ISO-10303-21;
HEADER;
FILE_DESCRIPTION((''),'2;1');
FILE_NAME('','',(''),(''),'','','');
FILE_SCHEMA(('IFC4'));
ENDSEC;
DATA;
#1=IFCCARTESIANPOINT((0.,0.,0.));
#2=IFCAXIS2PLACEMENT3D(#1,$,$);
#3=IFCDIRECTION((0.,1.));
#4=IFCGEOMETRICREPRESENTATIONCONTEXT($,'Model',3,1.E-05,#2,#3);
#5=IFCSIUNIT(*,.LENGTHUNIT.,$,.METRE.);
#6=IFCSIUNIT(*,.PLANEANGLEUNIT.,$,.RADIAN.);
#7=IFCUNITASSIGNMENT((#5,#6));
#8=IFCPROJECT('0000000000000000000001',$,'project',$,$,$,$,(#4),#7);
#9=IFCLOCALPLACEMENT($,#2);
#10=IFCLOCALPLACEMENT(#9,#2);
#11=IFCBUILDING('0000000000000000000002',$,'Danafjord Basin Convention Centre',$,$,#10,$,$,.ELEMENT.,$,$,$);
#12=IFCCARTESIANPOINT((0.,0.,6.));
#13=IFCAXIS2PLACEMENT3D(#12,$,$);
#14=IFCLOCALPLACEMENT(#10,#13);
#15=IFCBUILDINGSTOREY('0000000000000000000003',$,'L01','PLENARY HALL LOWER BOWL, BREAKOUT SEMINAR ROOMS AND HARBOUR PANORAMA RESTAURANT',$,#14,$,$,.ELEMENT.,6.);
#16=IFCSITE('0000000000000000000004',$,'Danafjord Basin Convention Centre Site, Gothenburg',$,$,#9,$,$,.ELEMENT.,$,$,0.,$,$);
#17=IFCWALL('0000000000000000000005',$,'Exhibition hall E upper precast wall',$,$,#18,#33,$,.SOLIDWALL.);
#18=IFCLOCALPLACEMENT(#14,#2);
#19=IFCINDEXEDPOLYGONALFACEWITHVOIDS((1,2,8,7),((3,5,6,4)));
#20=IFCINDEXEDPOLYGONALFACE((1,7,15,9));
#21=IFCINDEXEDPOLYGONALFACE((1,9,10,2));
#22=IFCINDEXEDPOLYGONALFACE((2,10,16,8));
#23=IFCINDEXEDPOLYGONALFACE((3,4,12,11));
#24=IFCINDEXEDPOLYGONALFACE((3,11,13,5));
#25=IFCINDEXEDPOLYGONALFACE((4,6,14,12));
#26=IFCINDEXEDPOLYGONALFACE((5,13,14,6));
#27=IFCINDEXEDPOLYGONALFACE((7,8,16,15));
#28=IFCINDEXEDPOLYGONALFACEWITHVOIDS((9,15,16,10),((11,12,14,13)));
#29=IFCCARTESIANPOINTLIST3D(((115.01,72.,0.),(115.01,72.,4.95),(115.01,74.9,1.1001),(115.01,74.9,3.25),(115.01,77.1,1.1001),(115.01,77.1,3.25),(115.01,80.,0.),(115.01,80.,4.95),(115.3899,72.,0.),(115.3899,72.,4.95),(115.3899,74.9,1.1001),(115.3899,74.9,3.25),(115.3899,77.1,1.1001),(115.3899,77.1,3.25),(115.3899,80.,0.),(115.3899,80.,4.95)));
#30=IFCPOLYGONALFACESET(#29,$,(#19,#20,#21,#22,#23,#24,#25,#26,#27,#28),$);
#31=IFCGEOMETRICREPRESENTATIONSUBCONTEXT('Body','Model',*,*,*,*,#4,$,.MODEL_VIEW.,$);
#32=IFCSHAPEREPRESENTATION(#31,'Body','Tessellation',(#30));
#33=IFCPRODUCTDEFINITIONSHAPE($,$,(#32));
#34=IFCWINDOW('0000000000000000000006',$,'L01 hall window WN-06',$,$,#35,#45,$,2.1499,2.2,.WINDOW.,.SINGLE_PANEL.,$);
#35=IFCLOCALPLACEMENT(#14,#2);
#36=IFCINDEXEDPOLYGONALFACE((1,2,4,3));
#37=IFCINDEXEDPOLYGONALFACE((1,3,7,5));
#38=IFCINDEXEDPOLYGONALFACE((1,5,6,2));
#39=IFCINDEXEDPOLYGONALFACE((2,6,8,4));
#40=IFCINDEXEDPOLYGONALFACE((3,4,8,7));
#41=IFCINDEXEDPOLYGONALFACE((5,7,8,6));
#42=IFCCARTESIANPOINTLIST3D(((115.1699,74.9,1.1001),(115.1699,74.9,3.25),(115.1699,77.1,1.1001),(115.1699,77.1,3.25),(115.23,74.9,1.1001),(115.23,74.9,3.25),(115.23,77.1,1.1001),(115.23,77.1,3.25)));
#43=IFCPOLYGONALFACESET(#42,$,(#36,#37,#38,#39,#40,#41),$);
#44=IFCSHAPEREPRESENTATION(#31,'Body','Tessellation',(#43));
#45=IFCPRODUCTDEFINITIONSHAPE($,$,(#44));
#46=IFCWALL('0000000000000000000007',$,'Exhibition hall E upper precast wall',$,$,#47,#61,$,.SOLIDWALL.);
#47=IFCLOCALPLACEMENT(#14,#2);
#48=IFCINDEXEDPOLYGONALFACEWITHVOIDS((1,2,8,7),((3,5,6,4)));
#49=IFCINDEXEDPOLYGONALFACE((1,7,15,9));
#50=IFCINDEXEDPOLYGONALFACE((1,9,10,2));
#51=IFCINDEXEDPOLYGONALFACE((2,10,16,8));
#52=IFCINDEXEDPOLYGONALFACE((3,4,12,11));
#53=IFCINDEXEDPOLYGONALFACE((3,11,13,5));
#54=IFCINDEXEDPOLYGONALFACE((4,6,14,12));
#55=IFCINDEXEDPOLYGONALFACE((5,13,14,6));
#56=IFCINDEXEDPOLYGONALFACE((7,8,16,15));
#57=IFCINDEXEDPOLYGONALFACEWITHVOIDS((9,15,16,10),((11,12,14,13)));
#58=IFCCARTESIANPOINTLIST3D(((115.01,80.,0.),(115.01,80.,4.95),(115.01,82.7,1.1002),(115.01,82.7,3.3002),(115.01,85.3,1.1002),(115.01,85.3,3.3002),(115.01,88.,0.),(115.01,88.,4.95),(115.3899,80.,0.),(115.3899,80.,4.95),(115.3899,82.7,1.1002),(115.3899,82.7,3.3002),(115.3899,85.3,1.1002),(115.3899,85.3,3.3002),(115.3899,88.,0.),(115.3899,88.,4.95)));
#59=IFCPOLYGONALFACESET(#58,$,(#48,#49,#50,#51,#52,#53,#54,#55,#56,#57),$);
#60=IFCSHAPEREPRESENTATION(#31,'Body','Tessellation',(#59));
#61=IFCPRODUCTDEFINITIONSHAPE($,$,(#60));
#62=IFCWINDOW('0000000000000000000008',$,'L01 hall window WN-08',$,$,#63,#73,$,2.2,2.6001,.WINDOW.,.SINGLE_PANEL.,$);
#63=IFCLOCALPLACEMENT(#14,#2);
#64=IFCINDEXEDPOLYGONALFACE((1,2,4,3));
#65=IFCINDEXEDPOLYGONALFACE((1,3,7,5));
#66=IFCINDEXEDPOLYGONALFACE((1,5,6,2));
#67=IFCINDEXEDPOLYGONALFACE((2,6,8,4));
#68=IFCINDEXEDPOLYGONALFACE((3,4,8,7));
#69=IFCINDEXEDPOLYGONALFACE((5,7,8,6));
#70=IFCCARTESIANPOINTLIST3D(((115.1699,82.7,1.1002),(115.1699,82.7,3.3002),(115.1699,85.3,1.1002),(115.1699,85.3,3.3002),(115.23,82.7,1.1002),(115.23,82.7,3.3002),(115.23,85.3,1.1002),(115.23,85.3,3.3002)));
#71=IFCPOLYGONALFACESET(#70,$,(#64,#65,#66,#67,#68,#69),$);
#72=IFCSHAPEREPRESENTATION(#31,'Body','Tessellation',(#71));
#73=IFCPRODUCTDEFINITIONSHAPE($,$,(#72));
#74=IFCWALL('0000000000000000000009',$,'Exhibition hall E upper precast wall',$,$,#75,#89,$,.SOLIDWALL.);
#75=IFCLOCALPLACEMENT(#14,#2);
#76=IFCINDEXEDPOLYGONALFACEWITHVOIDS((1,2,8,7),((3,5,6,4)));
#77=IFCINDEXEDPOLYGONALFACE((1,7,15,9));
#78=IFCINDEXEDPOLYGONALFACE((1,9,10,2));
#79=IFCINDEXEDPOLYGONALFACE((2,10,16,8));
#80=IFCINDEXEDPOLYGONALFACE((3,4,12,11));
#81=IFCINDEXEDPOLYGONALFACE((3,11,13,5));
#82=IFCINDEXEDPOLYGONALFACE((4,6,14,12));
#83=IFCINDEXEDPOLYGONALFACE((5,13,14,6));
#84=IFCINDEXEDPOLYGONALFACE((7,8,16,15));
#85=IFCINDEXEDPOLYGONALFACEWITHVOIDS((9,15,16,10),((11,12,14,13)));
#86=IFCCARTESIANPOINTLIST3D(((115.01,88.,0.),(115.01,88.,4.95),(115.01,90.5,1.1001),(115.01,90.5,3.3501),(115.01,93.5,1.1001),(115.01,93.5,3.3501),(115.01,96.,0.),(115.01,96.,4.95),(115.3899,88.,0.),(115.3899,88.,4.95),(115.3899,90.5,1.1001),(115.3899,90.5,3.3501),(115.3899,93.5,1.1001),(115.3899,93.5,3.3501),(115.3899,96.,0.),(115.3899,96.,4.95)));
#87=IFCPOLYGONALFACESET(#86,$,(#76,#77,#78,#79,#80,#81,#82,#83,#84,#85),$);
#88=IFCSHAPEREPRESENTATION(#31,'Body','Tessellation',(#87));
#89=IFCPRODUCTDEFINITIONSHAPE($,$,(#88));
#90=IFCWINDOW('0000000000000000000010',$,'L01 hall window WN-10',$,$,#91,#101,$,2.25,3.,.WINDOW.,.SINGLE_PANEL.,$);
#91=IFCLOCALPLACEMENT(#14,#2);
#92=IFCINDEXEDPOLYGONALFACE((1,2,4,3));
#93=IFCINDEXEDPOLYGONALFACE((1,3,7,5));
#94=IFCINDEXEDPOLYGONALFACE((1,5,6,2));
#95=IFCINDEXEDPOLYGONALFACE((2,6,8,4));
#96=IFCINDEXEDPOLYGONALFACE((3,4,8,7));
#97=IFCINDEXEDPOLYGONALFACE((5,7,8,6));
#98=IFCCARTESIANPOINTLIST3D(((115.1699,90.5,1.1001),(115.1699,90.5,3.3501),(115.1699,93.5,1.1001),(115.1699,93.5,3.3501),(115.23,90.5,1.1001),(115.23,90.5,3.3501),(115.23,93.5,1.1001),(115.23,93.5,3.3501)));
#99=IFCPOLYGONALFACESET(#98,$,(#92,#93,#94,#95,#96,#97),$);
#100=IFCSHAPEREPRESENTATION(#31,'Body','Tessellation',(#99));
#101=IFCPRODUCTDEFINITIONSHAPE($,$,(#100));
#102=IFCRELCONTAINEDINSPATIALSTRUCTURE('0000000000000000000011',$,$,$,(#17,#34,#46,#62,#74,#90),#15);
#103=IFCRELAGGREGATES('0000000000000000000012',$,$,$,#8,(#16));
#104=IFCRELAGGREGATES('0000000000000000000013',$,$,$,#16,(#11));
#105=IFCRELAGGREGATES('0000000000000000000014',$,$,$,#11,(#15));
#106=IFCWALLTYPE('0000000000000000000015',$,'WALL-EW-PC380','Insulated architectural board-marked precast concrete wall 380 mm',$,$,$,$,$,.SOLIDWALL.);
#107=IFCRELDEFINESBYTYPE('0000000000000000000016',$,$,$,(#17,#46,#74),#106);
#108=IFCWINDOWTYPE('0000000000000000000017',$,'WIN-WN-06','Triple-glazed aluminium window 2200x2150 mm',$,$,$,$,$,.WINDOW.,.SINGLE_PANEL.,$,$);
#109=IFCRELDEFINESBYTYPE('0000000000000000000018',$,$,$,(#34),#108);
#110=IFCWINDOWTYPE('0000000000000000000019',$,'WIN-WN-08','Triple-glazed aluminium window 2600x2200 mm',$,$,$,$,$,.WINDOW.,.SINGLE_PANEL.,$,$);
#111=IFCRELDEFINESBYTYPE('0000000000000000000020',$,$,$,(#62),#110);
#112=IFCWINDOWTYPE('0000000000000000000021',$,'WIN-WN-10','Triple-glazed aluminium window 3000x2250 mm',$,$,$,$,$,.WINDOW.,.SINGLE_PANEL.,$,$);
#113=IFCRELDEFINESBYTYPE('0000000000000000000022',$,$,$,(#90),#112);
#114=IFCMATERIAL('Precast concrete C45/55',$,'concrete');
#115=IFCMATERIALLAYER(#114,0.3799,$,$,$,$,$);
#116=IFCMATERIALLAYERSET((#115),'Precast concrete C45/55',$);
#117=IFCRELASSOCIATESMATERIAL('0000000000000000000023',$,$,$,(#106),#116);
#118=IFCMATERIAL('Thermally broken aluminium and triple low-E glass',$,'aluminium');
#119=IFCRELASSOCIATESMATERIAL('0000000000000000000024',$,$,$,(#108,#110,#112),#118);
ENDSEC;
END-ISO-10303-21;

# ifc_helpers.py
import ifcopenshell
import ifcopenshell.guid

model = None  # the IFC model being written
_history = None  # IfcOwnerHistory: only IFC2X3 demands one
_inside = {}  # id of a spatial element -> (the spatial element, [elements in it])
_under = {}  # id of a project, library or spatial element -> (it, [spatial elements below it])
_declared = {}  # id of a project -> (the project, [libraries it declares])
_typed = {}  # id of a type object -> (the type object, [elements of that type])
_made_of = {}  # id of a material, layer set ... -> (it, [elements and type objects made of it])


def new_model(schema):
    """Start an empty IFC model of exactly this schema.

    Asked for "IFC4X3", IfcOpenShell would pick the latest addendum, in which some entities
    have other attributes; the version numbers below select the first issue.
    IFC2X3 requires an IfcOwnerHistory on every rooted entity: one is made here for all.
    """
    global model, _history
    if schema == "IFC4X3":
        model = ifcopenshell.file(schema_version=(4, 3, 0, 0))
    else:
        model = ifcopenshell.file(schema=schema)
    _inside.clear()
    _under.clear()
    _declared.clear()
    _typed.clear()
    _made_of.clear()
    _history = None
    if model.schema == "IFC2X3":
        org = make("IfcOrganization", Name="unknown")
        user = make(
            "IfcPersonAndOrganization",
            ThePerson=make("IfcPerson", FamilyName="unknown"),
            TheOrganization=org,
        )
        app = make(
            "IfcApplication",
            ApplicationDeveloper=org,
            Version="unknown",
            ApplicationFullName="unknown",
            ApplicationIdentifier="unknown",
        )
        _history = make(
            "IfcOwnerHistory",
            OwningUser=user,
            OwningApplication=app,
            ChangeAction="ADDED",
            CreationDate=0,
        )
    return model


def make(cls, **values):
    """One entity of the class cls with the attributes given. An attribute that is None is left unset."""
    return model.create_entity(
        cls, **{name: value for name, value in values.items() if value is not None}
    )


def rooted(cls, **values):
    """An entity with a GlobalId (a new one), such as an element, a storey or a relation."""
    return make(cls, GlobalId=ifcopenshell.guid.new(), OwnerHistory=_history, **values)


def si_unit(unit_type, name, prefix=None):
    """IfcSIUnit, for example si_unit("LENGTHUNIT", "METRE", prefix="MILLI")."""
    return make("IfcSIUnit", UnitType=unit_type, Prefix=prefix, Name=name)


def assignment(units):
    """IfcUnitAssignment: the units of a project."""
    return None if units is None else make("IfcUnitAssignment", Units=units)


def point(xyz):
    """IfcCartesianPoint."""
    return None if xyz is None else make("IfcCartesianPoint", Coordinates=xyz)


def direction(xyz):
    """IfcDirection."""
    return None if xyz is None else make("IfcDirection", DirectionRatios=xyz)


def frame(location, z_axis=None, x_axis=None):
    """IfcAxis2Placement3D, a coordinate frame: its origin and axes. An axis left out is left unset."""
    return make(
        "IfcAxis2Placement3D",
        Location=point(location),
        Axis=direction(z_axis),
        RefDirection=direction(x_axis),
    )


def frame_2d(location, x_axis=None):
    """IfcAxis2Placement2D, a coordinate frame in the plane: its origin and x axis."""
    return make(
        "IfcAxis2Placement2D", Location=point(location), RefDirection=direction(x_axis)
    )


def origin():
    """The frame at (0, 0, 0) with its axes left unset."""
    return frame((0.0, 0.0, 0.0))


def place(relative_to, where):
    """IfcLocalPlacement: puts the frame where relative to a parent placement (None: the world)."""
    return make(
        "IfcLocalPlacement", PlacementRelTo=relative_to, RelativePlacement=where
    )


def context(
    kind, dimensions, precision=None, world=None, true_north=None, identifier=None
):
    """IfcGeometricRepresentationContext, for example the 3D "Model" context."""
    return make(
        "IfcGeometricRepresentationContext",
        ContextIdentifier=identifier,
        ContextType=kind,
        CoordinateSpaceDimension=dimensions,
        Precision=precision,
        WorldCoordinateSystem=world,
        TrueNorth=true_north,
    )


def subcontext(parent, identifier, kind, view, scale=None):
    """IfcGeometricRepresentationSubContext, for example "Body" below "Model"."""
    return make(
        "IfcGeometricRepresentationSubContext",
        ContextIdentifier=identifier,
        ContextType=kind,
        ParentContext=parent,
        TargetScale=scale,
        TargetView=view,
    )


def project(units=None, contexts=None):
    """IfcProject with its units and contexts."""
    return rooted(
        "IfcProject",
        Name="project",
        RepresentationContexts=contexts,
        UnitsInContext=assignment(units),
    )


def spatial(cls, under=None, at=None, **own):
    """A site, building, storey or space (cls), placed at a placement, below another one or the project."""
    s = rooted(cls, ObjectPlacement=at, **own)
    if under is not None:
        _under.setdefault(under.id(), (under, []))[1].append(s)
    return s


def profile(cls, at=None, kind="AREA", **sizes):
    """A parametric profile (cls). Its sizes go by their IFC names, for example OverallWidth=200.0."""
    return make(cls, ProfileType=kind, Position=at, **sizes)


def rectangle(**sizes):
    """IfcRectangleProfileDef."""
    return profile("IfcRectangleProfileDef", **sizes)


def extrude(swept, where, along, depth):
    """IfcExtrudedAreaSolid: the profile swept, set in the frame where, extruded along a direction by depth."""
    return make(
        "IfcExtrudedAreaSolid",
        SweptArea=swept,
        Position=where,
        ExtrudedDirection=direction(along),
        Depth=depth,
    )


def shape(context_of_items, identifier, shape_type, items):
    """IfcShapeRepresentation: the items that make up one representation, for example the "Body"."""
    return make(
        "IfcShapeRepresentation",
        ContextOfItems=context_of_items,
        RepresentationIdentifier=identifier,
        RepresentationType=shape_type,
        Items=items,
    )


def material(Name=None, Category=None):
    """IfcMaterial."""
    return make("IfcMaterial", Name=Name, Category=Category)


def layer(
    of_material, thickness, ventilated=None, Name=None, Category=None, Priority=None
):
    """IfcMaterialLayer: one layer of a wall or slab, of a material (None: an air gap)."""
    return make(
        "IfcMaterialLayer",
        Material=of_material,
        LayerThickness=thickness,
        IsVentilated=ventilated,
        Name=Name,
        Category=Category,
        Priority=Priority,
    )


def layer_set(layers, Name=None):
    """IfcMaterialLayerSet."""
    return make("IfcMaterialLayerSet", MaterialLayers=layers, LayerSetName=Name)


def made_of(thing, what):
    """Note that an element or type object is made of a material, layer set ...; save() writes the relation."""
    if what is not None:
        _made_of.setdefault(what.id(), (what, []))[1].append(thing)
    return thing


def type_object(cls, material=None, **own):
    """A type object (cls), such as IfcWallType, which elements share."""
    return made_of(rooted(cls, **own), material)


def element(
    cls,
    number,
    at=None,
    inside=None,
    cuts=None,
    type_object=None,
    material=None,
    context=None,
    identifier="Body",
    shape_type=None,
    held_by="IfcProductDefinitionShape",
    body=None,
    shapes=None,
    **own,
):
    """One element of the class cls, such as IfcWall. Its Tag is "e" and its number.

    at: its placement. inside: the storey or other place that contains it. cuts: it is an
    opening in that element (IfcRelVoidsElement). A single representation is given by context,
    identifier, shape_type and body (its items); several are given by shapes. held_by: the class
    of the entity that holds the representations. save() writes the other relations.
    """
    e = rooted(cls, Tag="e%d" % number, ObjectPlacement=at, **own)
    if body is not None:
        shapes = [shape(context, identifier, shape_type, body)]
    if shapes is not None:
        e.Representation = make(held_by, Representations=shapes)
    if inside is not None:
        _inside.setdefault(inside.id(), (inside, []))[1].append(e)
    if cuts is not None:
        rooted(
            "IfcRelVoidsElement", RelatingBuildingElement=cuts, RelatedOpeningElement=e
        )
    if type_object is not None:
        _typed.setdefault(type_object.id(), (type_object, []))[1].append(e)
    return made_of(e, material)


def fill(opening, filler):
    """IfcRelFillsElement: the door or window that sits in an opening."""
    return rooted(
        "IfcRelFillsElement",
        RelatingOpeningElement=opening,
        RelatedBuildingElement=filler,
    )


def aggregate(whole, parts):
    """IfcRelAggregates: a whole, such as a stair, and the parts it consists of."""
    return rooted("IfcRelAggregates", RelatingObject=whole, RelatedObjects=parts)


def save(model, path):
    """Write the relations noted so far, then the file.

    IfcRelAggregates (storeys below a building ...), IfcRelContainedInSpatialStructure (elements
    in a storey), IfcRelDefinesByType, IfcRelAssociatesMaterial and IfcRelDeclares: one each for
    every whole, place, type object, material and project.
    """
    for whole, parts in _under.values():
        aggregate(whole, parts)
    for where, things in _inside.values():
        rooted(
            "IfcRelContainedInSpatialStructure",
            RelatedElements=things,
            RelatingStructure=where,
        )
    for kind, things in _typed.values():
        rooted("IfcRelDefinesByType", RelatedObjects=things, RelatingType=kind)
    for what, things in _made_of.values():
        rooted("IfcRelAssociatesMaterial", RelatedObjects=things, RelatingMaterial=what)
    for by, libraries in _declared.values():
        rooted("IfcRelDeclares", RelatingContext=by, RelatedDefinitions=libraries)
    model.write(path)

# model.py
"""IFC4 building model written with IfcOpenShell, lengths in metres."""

from ifc_helpers import new_model, si_unit, direction, frame, frame_2d, origin, place, context, subcontext, project, spatial, rectangle, extrude, material, layer, layer_set, type_object, element, fill, save


model = new_model("IFC4")

# Units and contexts
model_context = context("Model", 3, precision=1e-05, world=origin(), true_north=direction((0.0, 1.0)))
body_context = subcontext(model_context, "Body", "Model", "MODEL_VIEW")
ifc_project = project(units=[si_unit("LENGTHUNIT", "METRE"), si_unit("PLANEANGLEUNIT", "RADIAN")], contexts=[model_context])

# Site, building, storey
site_placement = place(None, origin())
site = spatial("IfcSite", under=ifc_project, at=site_placement, Name="Danafjord Basin Convention Centre Site, Gothenburg", CompositionType="ELEMENT", RefElevation=0.0)
building_placement = place(site_placement, origin())
building = spatial("IfcBuilding", under=site, at=building_placement, Name="Danafjord Basin Convention Centre", CompositionType="ELEMENT")
storey_placement = place(building_placement, frame((0.0, 0.0, 6.0)))
storey = spatial("IfcBuildingStorey", under=building, at=storey_placement, Name="L01", Description="PLENARY HALL LOWER BOWL, BREAKOUT SEMINAR ROOMS AND HARBOUR PANORAMA RESTAURANT", CompositionType="ELEMENT", Elevation=6.0)

# Walls, openings, windows
ifc_material_1 = material(Name="Precast concrete C45/55", Category="concrete")
ifc_layer_1 = layer(ifc_material_1, 0.3799)
ifc_layer_set_1 = layer_set([ifc_layer_1], Name="Precast concrete C45/55")
wall_type = type_object("IfcWallType", Name="WALL-EW-PC380", Description="Insulated architectural board-marked precast concrete wall 380 mm", PredefinedType="SOLIDWALL", material=ifc_layer_set_1)
ifc_material_2 = material(Name="Thermally broken aluminium and triple low-E glass", Category="aluminium")
wall_1_placement = place(storey_placement, frame((115.2, 72.0, 0.0), z_axis=(0.0, 0.0, 1.0), x_axis=(0.0, 1.0, 0.0)))
wall_1 = element("IfcWall", 1, at=wall_1_placement, inside=storey, type_object=wall_type, Name="Exhibition hall E upper precast wall", PredefinedType="SOLIDWALL", context=body_context, shape_type="SweptSolid", body=[
    extrude(rectangle(XDim=8.0, YDim=0.3799, at=frame_2d((4.0, 0.0))), origin(), (0.0, 0.0, 1.0), 4.95),
])
opening_1_placement = place(wall_1_placement, frame((2.8999, 0.0, 1.1001)))
opening_1 = element("IfcOpeningElement", 2, at=opening_1_placement, cuts=wall_1, PredefinedType="OPENING", context=body_context, shape_type="SweptSolid", body=[
    extrude(rectangle(XDim=2.2, YDim=2.1499, at=frame_2d((1.1001, 1.075))), frame((0.0, 0.2, 0.0), z_axis=(0.0, -1.0, 0.0), x_axis=(1.0, 0.0, 0.0)), (0.0, 0.0, 1.0), 0.3999),
])
window_type_1 = type_object("IfcWindowType", Name="WIN-WN-06", Description="Triple-glazed aluminium window 2200x2150 mm", PartitioningType="SINGLE_PANEL", PredefinedType="WINDOW", material=ifc_material_2)
window_1_placement = place(opening_1_placement, origin())
window_1 = element("IfcWindow", 3, at=window_1_placement, inside=storey, type_object=window_type_1, Name="L01 hall window WN-06", OverallHeight=2.1499, OverallWidth=2.2, PartitioningType="SINGLE_PANEL", PredefinedType="WINDOW", context=body_context, shape_type="SweptSolid", body=[
    extrude(rectangle(XDim=2.2, YDim=2.1499, at=frame_2d((1.1001, 1.075))), frame((0.0, 0.03, 0.0), z_axis=(0.0, -1.0, 0.0), x_axis=(1.0, 0.0, 0.0)), (0.0, 0.0, 1.0), 0.0601),
])
fill(opening_1, window_1)
wall_2_placement = place(storey_placement, frame((115.2, 80.0, 0.0), z_axis=(0.0, 0.0, 1.0), x_axis=(0.0, 1.0, 0.0)))
wall_2 = element("IfcWall", 4, at=wall_2_placement, inside=storey, type_object=wall_type, Name="Exhibition hall E upper precast wall", PredefinedType="SOLIDWALL", context=body_context, shape_type="SweptSolid", body=[
    extrude(rectangle(XDim=8.0, YDim=0.3799, at=frame_2d((4.0, 0.0))), origin(), (0.0, 0.0, 1.0), 4.95),
])
opening_2_placement = place(wall_2_placement, frame((2.7, 0.0, 1.1001)))
opening_2 = element("IfcOpeningElement", 5, at=opening_2_placement, cuts=wall_2, PredefinedType="OPENING", context=body_context, shape_type="SweptSolid", body=[
    extrude(rectangle(XDim=2.6001, YDim=2.2, at=frame_2d((1.3, 1.1001))), frame((0.0, 0.2, 0.0), z_axis=(0.0, -1.0, 0.0), x_axis=(1.0, 0.0, 0.0)), (0.0, 0.0, 1.0), 0.3999),
])
window_type_2 = type_object("IfcWindowType", Name="WIN-WN-08", Description="Triple-glazed aluminium window 2600x2200 mm", PartitioningType="SINGLE_PANEL", PredefinedType="WINDOW", material=ifc_material_2)
window_2_placement = place(opening_2_placement, origin())
window_2 = element("IfcWindow", 6, at=window_2_placement, inside=storey, type_object=window_type_2, Name="L01 hall window WN-08", OverallHeight=2.2, OverallWidth=2.6001, PartitioningType="SINGLE_PANEL", PredefinedType="WINDOW", context=body_context, shape_type="SweptSolid", body=[
    extrude(rectangle(XDim=2.6001, YDim=2.2, at=frame_2d((1.3, 1.1001))), frame((0.0, 0.03, 0.0), z_axis=(0.0, -1.0, 0.0), x_axis=(1.0, 0.0, 0.0)), (0.0, 0.0, 1.0), 0.0601),
])
fill(opening_2, window_2)
wall_3_placement = place(storey_placement, frame((115.2, 88.0, 0.0), z_axis=(0.0, 0.0, 1.0), x_axis=(0.0, 1.0, 0.0)))
wall_3 = element("IfcWall", 7, at=wall_3_placement, inside=storey, type_object=wall_type, Name="Exhibition hall E upper precast wall", PredefinedType="SOLIDWALL", context=body_context, shape_type="SweptSolid", body=[
    extrude(rectangle(XDim=8.0, YDim=0.3799, at=frame_2d((4.0, 0.0))), origin(), (0.0, 0.0, 1.0), 4.95),
])
opening_3_placement = place(wall_3_placement, frame((2.5, 0.0, 1.1001)))
opening_3 = element("IfcOpeningElement", 8, at=opening_3_placement, cuts=wall_3, PredefinedType="OPENING", context=body_context, shape_type="SweptSolid", body=[
    extrude(rectangle(XDim=3.0, YDim=2.25, at=frame_2d((1.5, 1.125))), frame((0.0, 0.2, 0.0), z_axis=(0.0, -1.0, 0.0), x_axis=(1.0, 0.0, 0.0)), (0.0, 0.0, 1.0), 0.3999),
])
window_type_3 = type_object("IfcWindowType", Name="WIN-WN-10", Description="Triple-glazed aluminium window 3000x2250 mm", PartitioningType="SINGLE_PANEL", PredefinedType="WINDOW", material=ifc_material_2)
window_3_placement = place(opening_3_placement, origin())
window_3 = element("IfcWindow", 9, at=window_3_placement, inside=storey, type_object=window_type_3, Name="L01 hall window WN-10", OverallHeight=2.25, OverallWidth=3.0, PartitioningType="SINGLE_PANEL", PredefinedType="WINDOW", context=body_context, shape_type="SweptSolid", body=[
    extrude(rectangle(XDim=3.0, YDim=2.25, at=frame_2d((1.5, 1.125))), frame((0.0, 0.03, 0.0), z_axis=(0.0, -1.0, 0.0), x_axis=(1.0, 0.0, 0.0)), (0.0, 0.0, 1.0), 0.0601),
])
fill(opening_3, window_3)

save(model, "model.ifc")
